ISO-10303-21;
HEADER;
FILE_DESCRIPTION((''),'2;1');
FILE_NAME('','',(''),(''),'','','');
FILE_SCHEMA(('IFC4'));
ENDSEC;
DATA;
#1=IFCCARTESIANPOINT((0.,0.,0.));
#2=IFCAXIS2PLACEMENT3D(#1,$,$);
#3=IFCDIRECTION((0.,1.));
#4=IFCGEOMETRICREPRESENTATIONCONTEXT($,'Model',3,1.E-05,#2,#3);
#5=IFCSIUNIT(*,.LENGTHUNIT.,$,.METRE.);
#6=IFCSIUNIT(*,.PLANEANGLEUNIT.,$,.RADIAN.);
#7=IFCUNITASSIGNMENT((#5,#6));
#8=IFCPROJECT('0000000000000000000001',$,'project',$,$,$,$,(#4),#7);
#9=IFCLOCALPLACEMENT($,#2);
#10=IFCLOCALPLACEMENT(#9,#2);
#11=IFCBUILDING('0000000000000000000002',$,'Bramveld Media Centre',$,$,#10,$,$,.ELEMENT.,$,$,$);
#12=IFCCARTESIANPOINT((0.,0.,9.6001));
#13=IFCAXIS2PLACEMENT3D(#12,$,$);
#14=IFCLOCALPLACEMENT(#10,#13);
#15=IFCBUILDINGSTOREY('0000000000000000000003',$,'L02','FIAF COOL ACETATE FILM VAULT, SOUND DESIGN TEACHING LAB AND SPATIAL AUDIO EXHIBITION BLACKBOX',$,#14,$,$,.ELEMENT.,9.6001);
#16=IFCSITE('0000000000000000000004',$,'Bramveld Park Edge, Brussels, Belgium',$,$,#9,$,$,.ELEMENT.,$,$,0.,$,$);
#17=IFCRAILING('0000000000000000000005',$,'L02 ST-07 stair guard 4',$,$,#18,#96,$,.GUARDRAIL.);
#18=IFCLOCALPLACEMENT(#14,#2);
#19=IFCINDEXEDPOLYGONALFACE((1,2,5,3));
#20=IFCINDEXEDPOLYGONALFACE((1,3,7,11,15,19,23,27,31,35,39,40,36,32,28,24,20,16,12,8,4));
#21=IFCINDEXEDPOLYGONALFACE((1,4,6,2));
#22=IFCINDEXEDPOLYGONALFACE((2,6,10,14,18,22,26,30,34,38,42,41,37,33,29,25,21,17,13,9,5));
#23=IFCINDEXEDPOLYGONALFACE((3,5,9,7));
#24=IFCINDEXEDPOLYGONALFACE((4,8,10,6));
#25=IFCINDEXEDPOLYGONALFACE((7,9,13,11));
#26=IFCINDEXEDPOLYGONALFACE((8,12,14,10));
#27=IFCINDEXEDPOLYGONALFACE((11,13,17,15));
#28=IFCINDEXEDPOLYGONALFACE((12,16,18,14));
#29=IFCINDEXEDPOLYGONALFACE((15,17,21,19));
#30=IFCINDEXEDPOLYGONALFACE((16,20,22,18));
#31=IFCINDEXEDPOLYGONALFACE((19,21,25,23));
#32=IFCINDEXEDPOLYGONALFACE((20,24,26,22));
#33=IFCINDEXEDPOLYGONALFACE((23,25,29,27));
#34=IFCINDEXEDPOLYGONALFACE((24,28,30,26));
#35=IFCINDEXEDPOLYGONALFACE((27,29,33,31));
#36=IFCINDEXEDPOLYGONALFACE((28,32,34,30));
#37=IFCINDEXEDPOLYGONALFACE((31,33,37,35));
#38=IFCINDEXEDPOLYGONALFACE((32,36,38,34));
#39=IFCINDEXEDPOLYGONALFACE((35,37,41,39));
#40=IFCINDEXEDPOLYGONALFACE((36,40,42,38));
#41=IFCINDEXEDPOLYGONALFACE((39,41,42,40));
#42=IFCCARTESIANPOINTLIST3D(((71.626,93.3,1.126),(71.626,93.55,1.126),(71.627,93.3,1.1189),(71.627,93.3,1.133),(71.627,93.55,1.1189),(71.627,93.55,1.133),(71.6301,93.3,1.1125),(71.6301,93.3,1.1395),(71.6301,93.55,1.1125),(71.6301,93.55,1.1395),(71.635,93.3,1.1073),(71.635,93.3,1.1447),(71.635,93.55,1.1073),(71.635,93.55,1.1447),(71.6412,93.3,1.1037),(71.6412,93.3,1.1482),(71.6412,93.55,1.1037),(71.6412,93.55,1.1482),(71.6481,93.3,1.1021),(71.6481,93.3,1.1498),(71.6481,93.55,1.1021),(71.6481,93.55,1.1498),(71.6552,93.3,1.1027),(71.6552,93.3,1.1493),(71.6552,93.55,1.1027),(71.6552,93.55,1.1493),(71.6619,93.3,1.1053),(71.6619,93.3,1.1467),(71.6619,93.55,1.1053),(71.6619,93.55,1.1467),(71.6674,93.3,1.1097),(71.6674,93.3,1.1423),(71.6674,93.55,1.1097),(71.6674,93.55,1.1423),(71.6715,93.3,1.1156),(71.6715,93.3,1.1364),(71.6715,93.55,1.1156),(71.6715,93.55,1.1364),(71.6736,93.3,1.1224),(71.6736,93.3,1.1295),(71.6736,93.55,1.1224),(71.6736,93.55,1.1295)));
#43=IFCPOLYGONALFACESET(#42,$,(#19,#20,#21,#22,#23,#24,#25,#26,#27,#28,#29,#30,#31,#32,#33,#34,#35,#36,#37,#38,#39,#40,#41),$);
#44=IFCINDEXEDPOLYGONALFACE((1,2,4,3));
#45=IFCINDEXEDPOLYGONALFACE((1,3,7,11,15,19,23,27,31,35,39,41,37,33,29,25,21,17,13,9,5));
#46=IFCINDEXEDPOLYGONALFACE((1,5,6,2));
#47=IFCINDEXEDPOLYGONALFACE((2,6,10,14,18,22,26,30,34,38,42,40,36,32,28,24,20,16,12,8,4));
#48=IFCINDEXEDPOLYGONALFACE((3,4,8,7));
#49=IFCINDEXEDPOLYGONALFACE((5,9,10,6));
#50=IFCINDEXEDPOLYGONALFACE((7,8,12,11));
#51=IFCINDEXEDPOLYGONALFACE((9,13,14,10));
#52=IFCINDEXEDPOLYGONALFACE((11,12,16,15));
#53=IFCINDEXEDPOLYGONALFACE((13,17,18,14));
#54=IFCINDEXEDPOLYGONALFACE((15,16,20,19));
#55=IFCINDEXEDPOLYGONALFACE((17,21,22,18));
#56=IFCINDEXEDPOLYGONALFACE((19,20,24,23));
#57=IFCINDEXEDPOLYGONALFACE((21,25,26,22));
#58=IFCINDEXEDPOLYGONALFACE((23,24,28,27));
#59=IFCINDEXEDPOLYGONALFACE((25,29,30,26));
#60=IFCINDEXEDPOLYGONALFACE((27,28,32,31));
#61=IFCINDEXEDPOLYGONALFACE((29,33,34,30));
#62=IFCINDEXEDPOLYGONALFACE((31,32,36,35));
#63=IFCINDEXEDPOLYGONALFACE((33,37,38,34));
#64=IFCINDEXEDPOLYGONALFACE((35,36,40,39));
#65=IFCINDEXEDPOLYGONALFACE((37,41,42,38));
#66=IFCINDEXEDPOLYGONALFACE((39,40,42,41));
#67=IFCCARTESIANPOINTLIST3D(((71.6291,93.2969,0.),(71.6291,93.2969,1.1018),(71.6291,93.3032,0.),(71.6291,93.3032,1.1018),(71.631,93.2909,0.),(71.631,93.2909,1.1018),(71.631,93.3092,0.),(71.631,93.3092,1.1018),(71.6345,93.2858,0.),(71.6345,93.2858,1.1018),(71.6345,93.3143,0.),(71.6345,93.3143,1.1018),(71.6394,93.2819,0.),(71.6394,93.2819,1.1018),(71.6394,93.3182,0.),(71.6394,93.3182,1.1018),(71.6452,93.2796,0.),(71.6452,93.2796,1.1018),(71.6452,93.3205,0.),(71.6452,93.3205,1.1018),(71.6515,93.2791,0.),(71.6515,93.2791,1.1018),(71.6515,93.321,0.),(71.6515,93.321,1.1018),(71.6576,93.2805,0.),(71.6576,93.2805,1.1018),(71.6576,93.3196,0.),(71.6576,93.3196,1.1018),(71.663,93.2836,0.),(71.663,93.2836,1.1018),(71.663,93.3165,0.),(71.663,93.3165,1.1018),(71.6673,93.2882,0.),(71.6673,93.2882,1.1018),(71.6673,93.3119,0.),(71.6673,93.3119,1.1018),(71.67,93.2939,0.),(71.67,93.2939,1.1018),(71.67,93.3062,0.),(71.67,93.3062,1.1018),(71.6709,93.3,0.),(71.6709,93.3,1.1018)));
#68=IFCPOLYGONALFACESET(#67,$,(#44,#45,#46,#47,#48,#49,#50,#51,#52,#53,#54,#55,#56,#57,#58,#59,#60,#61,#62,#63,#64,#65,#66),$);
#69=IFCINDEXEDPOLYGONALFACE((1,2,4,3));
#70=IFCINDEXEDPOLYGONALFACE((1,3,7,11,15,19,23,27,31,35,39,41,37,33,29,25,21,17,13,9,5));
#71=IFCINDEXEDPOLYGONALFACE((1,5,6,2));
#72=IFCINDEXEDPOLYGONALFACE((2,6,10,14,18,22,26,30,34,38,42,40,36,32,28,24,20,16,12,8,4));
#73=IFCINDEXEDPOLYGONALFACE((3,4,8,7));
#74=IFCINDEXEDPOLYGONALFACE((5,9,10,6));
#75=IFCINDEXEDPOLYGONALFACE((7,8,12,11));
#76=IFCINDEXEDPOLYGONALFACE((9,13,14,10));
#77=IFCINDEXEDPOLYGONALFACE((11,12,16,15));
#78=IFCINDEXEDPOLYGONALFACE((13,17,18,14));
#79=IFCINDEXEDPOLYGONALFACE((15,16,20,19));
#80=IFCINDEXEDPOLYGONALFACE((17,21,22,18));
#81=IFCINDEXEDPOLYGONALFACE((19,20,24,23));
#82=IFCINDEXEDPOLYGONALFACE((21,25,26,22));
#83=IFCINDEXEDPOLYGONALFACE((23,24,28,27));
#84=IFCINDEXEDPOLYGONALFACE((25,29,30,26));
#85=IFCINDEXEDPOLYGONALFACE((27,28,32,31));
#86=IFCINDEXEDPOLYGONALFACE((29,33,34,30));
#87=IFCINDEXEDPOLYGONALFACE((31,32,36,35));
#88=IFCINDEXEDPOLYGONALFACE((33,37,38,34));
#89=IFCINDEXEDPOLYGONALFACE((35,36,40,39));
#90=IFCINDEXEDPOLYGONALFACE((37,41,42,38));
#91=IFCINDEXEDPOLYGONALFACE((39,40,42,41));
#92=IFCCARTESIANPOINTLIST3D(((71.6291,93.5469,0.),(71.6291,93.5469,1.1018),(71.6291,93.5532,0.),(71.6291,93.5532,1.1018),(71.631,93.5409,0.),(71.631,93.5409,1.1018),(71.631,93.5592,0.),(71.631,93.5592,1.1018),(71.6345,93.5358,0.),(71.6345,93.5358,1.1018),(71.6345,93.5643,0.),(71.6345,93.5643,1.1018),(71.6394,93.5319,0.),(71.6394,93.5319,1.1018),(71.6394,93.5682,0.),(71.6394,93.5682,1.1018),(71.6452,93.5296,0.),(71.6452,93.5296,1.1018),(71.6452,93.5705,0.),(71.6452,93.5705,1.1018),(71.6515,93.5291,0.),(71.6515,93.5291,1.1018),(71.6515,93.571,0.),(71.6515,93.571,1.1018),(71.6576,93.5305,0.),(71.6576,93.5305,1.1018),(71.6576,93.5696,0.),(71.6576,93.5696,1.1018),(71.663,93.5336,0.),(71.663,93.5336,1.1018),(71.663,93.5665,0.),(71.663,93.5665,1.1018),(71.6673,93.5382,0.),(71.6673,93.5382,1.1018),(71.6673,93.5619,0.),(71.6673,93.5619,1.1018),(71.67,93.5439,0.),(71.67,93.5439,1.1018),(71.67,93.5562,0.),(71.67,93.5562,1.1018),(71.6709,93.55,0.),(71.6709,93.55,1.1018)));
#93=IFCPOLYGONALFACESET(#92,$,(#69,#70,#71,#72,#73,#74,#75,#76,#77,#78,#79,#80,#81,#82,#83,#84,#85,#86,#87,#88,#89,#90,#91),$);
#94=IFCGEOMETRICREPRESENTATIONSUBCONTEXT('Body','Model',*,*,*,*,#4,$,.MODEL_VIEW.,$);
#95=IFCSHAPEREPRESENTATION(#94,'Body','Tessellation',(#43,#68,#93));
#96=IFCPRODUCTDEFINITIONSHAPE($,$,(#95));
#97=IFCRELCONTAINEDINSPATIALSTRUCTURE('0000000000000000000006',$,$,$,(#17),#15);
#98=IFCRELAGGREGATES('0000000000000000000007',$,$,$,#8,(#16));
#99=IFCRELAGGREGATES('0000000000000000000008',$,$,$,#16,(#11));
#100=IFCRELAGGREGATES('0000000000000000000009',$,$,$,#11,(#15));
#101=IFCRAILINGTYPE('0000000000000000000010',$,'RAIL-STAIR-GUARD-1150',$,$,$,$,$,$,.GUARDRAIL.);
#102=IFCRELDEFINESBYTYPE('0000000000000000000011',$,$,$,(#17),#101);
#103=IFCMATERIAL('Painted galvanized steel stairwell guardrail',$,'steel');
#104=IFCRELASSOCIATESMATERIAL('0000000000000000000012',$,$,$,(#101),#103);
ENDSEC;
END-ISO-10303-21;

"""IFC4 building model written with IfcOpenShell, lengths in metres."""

from ifc_helpers import new_model, si_unit, direction, frame, origin, origin_2d, place, context, subcontext, project, spatial, circle, extrude, material, type_object, element, save


model = new_model("IFC4")

# Units and contexts
model_context = context("Model", 3, precision=1e-05, world=origin(), true_north=direction((0.0, 1.0)))
body_context = subcontext(model_context, "Body", "Model", "MODEL_VIEW")
ifc_project = project(units=[si_unit("LENGTHUNIT", "METRE"), si_unit("PLANEANGLEUNIT", "RADIAN")], contexts=[model_context])

# Site, building, storey
site_placement = place(None, origin())
site = spatial("IfcSite", under=ifc_project, at=site_placement, Name="Bramveld Park Edge, Brussels, Belgium", CompositionType="ELEMENT", RefElevation=0.0)
building_placement = place(site_placement, origin())
building = spatial("IfcBuilding", under=site, at=building_placement, Name="Bramveld Media Centre", CompositionType="ELEMENT")
storey_placement = place(building_placement, frame((0.0, 0.0, 9.6001)))
storey = spatial("IfcBuildingStorey", under=building, at=storey_placement, Name="L02", Description="FIAF COOL ACETATE FILM VAULT, SOUND DESIGN TEACHING LAB AND SPATIAL AUDIO EXHIBITION BLACKBOX", CompositionType="ELEMENT", Elevation=9.6001)

# Railing
ifc_material_1 = material(Name="Painted galvanized steel stairwell guardrail", Category="steel")
railing_type_1 = type_object("IfcRailingType", Name="RAIL-STAIR-GUARD-1150", PredefinedType="GUARDRAIL", material=ifc_material_1)
railing_1_placement = place(storey_placement, frame((71.6499, 93.3, 0.0)))
element("IfcRailing", 1, at=railing_1_placement, inside=storey, type_object=railing_type_1, Name="L02 ST-07 stair guard 4", PredefinedType="GUARDRAIL", context=body_context, shape_type="SweptSolid", body=[
    extrude(circle(Radius=0.0239, at=origin_2d()), frame((0.0, 0.0, 1.126), z_axis=(0.0, 1.0, 0.0), x_axis=(-1.0, 0.0, 0.0)), (0.0, 0.0, 1.0), 0.25),
    extrude(circle(Radius=0.021, at=origin_2d()), origin(), (0.0, 0.0, 1.0), 1.1018),
    extrude(circle(Radius=0.021, at=origin_2d()), frame((0.0, 0.25, 0.0)), (0.0, 0.0, 1.0), 1.1018),
])

save(model, "model.ifc")
